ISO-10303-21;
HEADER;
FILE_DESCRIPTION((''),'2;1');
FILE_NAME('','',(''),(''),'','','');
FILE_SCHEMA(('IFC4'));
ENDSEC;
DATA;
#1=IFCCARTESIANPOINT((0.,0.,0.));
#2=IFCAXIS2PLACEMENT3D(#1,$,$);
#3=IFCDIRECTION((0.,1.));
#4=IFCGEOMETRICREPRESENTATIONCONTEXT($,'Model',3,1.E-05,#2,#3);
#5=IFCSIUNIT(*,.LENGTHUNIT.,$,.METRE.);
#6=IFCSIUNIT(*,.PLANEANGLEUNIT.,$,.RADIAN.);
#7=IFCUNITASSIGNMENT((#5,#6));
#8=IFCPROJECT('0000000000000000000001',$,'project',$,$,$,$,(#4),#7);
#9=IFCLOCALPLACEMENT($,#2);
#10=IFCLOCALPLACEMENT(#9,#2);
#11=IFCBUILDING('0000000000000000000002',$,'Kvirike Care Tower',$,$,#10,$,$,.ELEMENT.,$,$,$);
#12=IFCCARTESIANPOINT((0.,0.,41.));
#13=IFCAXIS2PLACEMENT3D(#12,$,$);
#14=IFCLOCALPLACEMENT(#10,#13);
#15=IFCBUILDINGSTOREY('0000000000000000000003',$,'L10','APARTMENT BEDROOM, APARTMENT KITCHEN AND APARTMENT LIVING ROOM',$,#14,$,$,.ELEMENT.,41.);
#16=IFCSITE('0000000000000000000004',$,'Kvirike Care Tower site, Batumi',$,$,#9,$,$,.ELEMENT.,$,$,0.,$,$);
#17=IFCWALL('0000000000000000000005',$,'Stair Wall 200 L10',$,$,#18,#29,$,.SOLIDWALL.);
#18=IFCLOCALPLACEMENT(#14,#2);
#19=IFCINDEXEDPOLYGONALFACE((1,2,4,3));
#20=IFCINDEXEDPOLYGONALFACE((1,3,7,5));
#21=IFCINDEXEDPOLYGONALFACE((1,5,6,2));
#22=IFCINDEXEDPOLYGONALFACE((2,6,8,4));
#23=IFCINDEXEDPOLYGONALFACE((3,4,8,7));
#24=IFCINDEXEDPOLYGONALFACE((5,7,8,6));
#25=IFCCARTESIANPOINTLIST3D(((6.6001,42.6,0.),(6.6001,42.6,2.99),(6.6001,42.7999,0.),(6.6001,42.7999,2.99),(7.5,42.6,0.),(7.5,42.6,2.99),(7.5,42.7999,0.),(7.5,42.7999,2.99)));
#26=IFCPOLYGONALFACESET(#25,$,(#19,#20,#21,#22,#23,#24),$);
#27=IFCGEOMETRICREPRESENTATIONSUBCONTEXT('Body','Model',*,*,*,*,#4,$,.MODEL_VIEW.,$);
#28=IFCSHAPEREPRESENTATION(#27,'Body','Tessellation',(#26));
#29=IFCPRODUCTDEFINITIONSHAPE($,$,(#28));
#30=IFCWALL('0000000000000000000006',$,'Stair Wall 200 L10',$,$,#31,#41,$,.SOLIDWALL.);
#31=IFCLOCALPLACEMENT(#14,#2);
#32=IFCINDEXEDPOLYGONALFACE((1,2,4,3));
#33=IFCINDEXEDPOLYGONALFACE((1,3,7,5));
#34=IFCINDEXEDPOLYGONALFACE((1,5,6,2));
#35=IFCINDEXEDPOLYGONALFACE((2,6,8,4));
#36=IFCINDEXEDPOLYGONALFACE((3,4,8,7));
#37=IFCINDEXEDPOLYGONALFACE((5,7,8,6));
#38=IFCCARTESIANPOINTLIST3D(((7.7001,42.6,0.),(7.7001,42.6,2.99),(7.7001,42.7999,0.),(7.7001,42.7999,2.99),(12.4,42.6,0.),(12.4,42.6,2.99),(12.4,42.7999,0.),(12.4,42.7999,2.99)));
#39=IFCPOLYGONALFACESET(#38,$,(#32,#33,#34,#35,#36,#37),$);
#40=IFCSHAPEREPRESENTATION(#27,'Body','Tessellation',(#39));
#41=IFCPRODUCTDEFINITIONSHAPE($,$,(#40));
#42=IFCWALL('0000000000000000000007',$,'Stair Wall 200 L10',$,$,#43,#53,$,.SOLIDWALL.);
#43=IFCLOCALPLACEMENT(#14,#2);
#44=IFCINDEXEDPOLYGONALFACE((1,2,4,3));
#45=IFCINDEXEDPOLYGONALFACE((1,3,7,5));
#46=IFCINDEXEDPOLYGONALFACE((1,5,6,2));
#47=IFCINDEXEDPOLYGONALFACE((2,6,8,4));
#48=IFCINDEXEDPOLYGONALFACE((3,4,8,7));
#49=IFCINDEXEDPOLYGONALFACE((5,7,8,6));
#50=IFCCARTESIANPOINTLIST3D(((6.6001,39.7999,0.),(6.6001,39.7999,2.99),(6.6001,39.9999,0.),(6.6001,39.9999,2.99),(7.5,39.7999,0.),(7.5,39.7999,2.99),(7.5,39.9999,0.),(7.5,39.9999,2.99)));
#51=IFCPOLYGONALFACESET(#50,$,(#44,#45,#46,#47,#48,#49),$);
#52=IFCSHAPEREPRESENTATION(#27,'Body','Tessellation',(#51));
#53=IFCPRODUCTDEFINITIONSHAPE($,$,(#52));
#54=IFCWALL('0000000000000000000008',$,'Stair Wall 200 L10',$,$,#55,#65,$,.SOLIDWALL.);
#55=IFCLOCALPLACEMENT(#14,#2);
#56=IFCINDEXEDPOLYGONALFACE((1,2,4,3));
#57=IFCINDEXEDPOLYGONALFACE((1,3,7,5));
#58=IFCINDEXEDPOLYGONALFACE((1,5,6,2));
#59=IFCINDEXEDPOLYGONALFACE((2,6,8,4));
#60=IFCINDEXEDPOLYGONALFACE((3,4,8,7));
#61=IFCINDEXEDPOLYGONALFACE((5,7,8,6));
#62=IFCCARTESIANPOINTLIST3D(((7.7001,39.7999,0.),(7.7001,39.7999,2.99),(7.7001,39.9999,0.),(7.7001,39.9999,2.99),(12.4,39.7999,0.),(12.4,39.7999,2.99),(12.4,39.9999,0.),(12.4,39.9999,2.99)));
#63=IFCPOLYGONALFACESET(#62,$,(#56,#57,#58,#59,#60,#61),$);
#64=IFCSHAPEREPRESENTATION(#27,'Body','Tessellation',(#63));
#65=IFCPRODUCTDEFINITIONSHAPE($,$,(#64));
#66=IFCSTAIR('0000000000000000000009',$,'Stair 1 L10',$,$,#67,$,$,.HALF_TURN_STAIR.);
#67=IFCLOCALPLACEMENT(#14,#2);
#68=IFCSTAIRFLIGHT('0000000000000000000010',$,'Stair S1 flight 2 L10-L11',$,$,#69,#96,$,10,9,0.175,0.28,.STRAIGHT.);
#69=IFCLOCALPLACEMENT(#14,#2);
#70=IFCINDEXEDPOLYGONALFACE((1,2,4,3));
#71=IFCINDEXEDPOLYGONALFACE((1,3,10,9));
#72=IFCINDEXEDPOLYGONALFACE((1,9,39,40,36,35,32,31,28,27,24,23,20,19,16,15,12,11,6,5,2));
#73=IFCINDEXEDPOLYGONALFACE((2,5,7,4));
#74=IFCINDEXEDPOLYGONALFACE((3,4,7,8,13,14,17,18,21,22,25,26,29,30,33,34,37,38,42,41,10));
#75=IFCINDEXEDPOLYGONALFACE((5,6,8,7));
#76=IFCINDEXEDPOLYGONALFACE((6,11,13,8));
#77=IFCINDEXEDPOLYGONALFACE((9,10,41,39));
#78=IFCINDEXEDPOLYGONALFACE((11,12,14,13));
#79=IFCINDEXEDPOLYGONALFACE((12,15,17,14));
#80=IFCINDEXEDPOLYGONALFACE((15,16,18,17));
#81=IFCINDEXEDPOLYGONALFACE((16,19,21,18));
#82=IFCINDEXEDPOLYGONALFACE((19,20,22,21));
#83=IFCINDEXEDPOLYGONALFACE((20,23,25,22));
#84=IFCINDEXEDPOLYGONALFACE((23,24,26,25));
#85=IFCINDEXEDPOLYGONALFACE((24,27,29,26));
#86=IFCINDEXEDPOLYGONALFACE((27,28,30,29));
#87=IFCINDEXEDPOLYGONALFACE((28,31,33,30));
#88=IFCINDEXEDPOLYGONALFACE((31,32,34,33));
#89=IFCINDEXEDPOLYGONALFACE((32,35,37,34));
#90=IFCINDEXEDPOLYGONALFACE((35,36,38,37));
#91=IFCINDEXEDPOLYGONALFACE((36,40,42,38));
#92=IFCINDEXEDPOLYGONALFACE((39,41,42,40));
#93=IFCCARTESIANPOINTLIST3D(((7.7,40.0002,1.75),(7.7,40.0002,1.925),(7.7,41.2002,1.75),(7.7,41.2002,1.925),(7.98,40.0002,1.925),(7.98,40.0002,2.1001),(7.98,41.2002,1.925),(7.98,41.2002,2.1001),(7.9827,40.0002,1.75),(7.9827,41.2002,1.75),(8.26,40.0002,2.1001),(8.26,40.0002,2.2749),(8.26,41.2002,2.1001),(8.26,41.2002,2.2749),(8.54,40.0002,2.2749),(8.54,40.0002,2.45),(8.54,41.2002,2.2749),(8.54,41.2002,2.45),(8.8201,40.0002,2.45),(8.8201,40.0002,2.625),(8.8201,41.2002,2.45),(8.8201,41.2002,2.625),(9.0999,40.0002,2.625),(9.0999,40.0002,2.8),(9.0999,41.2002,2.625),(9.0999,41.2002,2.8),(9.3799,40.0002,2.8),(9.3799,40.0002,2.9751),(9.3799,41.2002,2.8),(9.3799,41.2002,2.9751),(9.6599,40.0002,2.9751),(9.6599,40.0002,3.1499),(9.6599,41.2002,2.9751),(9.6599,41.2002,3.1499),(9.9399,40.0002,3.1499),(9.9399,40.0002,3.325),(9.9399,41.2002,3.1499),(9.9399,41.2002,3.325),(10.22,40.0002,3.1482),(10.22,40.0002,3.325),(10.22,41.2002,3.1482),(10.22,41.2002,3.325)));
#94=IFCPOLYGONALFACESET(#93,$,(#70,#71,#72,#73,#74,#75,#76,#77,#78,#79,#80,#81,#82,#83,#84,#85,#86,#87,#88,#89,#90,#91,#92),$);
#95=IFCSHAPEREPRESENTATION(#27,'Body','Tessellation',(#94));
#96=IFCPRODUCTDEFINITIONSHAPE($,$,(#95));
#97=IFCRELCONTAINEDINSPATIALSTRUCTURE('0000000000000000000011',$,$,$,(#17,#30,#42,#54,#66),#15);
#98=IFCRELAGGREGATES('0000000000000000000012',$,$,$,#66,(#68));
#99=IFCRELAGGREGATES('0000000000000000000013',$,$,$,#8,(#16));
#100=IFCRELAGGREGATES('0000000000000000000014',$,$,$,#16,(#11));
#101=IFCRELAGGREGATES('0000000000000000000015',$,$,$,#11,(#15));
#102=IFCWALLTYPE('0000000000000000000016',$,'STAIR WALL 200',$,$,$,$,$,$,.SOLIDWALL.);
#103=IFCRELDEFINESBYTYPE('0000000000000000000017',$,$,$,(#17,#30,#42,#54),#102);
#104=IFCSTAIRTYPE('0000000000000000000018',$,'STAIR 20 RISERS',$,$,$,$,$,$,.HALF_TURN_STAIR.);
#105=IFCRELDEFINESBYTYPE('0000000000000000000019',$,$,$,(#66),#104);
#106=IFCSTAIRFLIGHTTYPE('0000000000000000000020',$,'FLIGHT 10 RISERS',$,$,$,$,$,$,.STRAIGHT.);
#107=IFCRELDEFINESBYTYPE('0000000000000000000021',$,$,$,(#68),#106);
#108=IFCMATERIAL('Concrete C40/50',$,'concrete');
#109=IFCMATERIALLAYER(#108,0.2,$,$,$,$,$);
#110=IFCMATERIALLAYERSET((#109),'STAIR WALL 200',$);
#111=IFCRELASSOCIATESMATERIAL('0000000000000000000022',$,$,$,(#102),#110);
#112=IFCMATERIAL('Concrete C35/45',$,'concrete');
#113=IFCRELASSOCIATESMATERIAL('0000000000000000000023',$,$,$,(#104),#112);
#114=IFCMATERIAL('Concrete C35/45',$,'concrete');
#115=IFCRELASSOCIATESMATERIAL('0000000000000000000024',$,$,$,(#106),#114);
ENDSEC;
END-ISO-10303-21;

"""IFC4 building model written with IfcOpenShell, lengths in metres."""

from ifc_helpers import new_model, si_unit, direction, frame, frame_2d, origin, place, context, subcontext, project, spatial, polyline, rectangle, outline, extrude, material, layer, layer_set, type_object, element, aggregate, save


model = new_model("IFC4")

# Units and contexts
model_context = context("Model", 3, precision=1e-05, world=origin(), true_north=direction((0.0, 1.0)))
body_context = subcontext(model_context, "Body", "Model", "MODEL_VIEW")
ifc_project = project(units=[si_unit("LENGTHUNIT", "METRE"), si_unit("PLANEANGLEUNIT", "RADIAN")], contexts=[model_context])

# Site, building, storey
site_placement = place(None, origin())
site = spatial("IfcSite", under=ifc_project, at=site_placement, Name="Kvirike Care Tower site, Batumi", CompositionType="ELEMENT", RefElevation=0.0)
building_placement = place(site_placement, origin())
building = spatial("IfcBuilding", under=site, at=building_placement, Name="Kvirike Care Tower", CompositionType="ELEMENT")
storey_placement = place(building_placement, frame((0.0, 0.0, 41.0)))
storey = spatial("IfcBuildingStorey", under=building, at=storey_placement, Name="L10", Description="APARTMENT BEDROOM, APARTMENT KITCHEN AND APARTMENT LIVING ROOM", CompositionType="ELEMENT", Elevation=41.0)

# Walls
ifc_material_1 = material(Name="Concrete C40/50", Category="concrete")
ifc_layer_1 = layer(ifc_material_1, 0.2)
ifc_layer_set_1 = layer_set([ifc_layer_1], Name="STAIR WALL 200")
wall_type_1 = type_object("IfcWallType", Name="STAIR WALL 200", PredefinedType="SOLIDWALL", material=ifc_layer_set_1)
wall_1_placement = place(storey_placement, frame((6.6001, 42.7, 0.0), z_axis=(0.0, 0.0, 1.0), x_axis=(1.0, 0.0, 0.0)))
element("IfcWall", 1, at=wall_1_placement, inside=storey, type_object=wall_type_1, Name="Stair Wall 200 L10", PredefinedType="SOLIDWALL", context=body_context, shape_type="SweptSolid", body=[
    extrude(rectangle(XDim=0.8999, YDim=0.2, at=frame_2d((0.45, 0.0))), origin(), (0.0, 0.0, 1.0), 2.99),
])
wall_2_placement = place(storey_placement, frame((7.7, 42.7, 0.0), z_axis=(0.0, 0.0, 1.0), x_axis=(1.0, 0.0, 0.0)))
element("IfcWall", 2, at=wall_2_placement, inside=storey, type_object=wall_type_1, Name="Stair Wall 200 L10", PredefinedType="SOLIDWALL", context=body_context, shape_type="SweptSolid", body=[
    extrude(rectangle(XDim=4.7, YDim=0.2, at=frame_2d((2.3501, 0.0))), origin(), (0.0, 0.0, 1.0), 2.99),
])
wall_3_placement = place(storey_placement, frame((6.6001, 39.8999, 0.0), z_axis=(0.0, 0.0, 1.0), x_axis=(1.0, 0.0, 0.0)))
element("IfcWall", 3, at=wall_3_placement, inside=storey, type_object=wall_type_1, Name="Stair Wall 200 L10", PredefinedType="SOLIDWALL", context=body_context, shape_type="SweptSolid", body=[
    extrude(rectangle(XDim=0.8999, YDim=0.2, at=frame_2d((0.45, 0.0))), origin(), (0.0, 0.0, 1.0), 2.99),
])
wall_4_placement = place(storey_placement, frame((7.7, 39.8999, 0.0), z_axis=(0.0, 0.0, 1.0), x_axis=(1.0, 0.0, 0.0)))
element("IfcWall", 4, at=wall_4_placement, inside=storey, type_object=wall_type_1, Name="Stair Wall 200 L10", PredefinedType="SOLIDWALL", context=body_context, shape_type="SweptSolid", body=[
    extrude(rectangle(XDim=4.7, YDim=0.2, at=frame_2d((2.3501, 0.0))), origin(), (0.0, 0.0, 1.0), 2.99),
])

# Stair, stair flight
ifc_material_2 = material(Name="Concrete C35/45", Category="concrete")
stair_type = type_object("IfcStairType", Name="STAIR 20 RISERS", PredefinedType="HALF_TURN_STAIR", material=ifc_material_2)
stair_placement = place(storey_placement, origin())
stair = element("IfcStair", 5, at=stair_placement, inside=storey, type_object=stair_type, Name="Stair 1 L10", PredefinedType="HALF_TURN_STAIR")
ifc_material_3 = material(Name="Concrete C35/45", Category="concrete")
stair_flight_type = type_object("IfcStairFlightType", Name="FLIGHT 10 RISERS", PredefinedType="STRAIGHT", material=ifc_material_3)
stair_flight_placement = place(storey_placement, frame((7.7, 40.6001, 1.75), z_axis=(0.0, 0.0, 1.0), x_axis=(1.0, 0.0, 0.0)))
stair_flight = element("IfcStairFlight", 6, at=stair_flight_placement, type_object=stair_flight_type, Name="Stair S1 flight 2 L10-L11", NumberOfRisers=10, NumberOfTreads=9, PredefinedType="STRAIGHT", RiserHeight=0.175, TreadLength=0.28, context=body_context, shape_type="SweptSolid", body=[
    extrude(outline(polyline([(0.0, 0.0), (0.0, 0.175), (0.28, 0.175), (0.28, 0.3501), (0.5601, 0.3501), (0.5601, 0.5249), (0.8401, 0.5249), (0.8401, 0.7), (1.1201, 0.7), (1.1201, 0.875), (1.3999, 0.875), (1.3999, 1.05), (1.6799, 1.05), (1.6799, 1.2251), (1.96, 1.2251), (1.96, 1.3999), (2.24, 1.3999), (2.24, 1.575), (2.52, 1.575), (2.52, 1.75), (2.52, 1.3982), (0.2827, 0.0), (0.0, 0.0)])), frame((0.0, 0.6001, 0.0), z_axis=(0.0, -1.0, 0.0), x_axis=(1.0, 0.0, 0.0)), (0.0, 0.0, 1.0), 1.2),
])
aggregate(stair, [stair_flight])

save(model, "model.ifc")
